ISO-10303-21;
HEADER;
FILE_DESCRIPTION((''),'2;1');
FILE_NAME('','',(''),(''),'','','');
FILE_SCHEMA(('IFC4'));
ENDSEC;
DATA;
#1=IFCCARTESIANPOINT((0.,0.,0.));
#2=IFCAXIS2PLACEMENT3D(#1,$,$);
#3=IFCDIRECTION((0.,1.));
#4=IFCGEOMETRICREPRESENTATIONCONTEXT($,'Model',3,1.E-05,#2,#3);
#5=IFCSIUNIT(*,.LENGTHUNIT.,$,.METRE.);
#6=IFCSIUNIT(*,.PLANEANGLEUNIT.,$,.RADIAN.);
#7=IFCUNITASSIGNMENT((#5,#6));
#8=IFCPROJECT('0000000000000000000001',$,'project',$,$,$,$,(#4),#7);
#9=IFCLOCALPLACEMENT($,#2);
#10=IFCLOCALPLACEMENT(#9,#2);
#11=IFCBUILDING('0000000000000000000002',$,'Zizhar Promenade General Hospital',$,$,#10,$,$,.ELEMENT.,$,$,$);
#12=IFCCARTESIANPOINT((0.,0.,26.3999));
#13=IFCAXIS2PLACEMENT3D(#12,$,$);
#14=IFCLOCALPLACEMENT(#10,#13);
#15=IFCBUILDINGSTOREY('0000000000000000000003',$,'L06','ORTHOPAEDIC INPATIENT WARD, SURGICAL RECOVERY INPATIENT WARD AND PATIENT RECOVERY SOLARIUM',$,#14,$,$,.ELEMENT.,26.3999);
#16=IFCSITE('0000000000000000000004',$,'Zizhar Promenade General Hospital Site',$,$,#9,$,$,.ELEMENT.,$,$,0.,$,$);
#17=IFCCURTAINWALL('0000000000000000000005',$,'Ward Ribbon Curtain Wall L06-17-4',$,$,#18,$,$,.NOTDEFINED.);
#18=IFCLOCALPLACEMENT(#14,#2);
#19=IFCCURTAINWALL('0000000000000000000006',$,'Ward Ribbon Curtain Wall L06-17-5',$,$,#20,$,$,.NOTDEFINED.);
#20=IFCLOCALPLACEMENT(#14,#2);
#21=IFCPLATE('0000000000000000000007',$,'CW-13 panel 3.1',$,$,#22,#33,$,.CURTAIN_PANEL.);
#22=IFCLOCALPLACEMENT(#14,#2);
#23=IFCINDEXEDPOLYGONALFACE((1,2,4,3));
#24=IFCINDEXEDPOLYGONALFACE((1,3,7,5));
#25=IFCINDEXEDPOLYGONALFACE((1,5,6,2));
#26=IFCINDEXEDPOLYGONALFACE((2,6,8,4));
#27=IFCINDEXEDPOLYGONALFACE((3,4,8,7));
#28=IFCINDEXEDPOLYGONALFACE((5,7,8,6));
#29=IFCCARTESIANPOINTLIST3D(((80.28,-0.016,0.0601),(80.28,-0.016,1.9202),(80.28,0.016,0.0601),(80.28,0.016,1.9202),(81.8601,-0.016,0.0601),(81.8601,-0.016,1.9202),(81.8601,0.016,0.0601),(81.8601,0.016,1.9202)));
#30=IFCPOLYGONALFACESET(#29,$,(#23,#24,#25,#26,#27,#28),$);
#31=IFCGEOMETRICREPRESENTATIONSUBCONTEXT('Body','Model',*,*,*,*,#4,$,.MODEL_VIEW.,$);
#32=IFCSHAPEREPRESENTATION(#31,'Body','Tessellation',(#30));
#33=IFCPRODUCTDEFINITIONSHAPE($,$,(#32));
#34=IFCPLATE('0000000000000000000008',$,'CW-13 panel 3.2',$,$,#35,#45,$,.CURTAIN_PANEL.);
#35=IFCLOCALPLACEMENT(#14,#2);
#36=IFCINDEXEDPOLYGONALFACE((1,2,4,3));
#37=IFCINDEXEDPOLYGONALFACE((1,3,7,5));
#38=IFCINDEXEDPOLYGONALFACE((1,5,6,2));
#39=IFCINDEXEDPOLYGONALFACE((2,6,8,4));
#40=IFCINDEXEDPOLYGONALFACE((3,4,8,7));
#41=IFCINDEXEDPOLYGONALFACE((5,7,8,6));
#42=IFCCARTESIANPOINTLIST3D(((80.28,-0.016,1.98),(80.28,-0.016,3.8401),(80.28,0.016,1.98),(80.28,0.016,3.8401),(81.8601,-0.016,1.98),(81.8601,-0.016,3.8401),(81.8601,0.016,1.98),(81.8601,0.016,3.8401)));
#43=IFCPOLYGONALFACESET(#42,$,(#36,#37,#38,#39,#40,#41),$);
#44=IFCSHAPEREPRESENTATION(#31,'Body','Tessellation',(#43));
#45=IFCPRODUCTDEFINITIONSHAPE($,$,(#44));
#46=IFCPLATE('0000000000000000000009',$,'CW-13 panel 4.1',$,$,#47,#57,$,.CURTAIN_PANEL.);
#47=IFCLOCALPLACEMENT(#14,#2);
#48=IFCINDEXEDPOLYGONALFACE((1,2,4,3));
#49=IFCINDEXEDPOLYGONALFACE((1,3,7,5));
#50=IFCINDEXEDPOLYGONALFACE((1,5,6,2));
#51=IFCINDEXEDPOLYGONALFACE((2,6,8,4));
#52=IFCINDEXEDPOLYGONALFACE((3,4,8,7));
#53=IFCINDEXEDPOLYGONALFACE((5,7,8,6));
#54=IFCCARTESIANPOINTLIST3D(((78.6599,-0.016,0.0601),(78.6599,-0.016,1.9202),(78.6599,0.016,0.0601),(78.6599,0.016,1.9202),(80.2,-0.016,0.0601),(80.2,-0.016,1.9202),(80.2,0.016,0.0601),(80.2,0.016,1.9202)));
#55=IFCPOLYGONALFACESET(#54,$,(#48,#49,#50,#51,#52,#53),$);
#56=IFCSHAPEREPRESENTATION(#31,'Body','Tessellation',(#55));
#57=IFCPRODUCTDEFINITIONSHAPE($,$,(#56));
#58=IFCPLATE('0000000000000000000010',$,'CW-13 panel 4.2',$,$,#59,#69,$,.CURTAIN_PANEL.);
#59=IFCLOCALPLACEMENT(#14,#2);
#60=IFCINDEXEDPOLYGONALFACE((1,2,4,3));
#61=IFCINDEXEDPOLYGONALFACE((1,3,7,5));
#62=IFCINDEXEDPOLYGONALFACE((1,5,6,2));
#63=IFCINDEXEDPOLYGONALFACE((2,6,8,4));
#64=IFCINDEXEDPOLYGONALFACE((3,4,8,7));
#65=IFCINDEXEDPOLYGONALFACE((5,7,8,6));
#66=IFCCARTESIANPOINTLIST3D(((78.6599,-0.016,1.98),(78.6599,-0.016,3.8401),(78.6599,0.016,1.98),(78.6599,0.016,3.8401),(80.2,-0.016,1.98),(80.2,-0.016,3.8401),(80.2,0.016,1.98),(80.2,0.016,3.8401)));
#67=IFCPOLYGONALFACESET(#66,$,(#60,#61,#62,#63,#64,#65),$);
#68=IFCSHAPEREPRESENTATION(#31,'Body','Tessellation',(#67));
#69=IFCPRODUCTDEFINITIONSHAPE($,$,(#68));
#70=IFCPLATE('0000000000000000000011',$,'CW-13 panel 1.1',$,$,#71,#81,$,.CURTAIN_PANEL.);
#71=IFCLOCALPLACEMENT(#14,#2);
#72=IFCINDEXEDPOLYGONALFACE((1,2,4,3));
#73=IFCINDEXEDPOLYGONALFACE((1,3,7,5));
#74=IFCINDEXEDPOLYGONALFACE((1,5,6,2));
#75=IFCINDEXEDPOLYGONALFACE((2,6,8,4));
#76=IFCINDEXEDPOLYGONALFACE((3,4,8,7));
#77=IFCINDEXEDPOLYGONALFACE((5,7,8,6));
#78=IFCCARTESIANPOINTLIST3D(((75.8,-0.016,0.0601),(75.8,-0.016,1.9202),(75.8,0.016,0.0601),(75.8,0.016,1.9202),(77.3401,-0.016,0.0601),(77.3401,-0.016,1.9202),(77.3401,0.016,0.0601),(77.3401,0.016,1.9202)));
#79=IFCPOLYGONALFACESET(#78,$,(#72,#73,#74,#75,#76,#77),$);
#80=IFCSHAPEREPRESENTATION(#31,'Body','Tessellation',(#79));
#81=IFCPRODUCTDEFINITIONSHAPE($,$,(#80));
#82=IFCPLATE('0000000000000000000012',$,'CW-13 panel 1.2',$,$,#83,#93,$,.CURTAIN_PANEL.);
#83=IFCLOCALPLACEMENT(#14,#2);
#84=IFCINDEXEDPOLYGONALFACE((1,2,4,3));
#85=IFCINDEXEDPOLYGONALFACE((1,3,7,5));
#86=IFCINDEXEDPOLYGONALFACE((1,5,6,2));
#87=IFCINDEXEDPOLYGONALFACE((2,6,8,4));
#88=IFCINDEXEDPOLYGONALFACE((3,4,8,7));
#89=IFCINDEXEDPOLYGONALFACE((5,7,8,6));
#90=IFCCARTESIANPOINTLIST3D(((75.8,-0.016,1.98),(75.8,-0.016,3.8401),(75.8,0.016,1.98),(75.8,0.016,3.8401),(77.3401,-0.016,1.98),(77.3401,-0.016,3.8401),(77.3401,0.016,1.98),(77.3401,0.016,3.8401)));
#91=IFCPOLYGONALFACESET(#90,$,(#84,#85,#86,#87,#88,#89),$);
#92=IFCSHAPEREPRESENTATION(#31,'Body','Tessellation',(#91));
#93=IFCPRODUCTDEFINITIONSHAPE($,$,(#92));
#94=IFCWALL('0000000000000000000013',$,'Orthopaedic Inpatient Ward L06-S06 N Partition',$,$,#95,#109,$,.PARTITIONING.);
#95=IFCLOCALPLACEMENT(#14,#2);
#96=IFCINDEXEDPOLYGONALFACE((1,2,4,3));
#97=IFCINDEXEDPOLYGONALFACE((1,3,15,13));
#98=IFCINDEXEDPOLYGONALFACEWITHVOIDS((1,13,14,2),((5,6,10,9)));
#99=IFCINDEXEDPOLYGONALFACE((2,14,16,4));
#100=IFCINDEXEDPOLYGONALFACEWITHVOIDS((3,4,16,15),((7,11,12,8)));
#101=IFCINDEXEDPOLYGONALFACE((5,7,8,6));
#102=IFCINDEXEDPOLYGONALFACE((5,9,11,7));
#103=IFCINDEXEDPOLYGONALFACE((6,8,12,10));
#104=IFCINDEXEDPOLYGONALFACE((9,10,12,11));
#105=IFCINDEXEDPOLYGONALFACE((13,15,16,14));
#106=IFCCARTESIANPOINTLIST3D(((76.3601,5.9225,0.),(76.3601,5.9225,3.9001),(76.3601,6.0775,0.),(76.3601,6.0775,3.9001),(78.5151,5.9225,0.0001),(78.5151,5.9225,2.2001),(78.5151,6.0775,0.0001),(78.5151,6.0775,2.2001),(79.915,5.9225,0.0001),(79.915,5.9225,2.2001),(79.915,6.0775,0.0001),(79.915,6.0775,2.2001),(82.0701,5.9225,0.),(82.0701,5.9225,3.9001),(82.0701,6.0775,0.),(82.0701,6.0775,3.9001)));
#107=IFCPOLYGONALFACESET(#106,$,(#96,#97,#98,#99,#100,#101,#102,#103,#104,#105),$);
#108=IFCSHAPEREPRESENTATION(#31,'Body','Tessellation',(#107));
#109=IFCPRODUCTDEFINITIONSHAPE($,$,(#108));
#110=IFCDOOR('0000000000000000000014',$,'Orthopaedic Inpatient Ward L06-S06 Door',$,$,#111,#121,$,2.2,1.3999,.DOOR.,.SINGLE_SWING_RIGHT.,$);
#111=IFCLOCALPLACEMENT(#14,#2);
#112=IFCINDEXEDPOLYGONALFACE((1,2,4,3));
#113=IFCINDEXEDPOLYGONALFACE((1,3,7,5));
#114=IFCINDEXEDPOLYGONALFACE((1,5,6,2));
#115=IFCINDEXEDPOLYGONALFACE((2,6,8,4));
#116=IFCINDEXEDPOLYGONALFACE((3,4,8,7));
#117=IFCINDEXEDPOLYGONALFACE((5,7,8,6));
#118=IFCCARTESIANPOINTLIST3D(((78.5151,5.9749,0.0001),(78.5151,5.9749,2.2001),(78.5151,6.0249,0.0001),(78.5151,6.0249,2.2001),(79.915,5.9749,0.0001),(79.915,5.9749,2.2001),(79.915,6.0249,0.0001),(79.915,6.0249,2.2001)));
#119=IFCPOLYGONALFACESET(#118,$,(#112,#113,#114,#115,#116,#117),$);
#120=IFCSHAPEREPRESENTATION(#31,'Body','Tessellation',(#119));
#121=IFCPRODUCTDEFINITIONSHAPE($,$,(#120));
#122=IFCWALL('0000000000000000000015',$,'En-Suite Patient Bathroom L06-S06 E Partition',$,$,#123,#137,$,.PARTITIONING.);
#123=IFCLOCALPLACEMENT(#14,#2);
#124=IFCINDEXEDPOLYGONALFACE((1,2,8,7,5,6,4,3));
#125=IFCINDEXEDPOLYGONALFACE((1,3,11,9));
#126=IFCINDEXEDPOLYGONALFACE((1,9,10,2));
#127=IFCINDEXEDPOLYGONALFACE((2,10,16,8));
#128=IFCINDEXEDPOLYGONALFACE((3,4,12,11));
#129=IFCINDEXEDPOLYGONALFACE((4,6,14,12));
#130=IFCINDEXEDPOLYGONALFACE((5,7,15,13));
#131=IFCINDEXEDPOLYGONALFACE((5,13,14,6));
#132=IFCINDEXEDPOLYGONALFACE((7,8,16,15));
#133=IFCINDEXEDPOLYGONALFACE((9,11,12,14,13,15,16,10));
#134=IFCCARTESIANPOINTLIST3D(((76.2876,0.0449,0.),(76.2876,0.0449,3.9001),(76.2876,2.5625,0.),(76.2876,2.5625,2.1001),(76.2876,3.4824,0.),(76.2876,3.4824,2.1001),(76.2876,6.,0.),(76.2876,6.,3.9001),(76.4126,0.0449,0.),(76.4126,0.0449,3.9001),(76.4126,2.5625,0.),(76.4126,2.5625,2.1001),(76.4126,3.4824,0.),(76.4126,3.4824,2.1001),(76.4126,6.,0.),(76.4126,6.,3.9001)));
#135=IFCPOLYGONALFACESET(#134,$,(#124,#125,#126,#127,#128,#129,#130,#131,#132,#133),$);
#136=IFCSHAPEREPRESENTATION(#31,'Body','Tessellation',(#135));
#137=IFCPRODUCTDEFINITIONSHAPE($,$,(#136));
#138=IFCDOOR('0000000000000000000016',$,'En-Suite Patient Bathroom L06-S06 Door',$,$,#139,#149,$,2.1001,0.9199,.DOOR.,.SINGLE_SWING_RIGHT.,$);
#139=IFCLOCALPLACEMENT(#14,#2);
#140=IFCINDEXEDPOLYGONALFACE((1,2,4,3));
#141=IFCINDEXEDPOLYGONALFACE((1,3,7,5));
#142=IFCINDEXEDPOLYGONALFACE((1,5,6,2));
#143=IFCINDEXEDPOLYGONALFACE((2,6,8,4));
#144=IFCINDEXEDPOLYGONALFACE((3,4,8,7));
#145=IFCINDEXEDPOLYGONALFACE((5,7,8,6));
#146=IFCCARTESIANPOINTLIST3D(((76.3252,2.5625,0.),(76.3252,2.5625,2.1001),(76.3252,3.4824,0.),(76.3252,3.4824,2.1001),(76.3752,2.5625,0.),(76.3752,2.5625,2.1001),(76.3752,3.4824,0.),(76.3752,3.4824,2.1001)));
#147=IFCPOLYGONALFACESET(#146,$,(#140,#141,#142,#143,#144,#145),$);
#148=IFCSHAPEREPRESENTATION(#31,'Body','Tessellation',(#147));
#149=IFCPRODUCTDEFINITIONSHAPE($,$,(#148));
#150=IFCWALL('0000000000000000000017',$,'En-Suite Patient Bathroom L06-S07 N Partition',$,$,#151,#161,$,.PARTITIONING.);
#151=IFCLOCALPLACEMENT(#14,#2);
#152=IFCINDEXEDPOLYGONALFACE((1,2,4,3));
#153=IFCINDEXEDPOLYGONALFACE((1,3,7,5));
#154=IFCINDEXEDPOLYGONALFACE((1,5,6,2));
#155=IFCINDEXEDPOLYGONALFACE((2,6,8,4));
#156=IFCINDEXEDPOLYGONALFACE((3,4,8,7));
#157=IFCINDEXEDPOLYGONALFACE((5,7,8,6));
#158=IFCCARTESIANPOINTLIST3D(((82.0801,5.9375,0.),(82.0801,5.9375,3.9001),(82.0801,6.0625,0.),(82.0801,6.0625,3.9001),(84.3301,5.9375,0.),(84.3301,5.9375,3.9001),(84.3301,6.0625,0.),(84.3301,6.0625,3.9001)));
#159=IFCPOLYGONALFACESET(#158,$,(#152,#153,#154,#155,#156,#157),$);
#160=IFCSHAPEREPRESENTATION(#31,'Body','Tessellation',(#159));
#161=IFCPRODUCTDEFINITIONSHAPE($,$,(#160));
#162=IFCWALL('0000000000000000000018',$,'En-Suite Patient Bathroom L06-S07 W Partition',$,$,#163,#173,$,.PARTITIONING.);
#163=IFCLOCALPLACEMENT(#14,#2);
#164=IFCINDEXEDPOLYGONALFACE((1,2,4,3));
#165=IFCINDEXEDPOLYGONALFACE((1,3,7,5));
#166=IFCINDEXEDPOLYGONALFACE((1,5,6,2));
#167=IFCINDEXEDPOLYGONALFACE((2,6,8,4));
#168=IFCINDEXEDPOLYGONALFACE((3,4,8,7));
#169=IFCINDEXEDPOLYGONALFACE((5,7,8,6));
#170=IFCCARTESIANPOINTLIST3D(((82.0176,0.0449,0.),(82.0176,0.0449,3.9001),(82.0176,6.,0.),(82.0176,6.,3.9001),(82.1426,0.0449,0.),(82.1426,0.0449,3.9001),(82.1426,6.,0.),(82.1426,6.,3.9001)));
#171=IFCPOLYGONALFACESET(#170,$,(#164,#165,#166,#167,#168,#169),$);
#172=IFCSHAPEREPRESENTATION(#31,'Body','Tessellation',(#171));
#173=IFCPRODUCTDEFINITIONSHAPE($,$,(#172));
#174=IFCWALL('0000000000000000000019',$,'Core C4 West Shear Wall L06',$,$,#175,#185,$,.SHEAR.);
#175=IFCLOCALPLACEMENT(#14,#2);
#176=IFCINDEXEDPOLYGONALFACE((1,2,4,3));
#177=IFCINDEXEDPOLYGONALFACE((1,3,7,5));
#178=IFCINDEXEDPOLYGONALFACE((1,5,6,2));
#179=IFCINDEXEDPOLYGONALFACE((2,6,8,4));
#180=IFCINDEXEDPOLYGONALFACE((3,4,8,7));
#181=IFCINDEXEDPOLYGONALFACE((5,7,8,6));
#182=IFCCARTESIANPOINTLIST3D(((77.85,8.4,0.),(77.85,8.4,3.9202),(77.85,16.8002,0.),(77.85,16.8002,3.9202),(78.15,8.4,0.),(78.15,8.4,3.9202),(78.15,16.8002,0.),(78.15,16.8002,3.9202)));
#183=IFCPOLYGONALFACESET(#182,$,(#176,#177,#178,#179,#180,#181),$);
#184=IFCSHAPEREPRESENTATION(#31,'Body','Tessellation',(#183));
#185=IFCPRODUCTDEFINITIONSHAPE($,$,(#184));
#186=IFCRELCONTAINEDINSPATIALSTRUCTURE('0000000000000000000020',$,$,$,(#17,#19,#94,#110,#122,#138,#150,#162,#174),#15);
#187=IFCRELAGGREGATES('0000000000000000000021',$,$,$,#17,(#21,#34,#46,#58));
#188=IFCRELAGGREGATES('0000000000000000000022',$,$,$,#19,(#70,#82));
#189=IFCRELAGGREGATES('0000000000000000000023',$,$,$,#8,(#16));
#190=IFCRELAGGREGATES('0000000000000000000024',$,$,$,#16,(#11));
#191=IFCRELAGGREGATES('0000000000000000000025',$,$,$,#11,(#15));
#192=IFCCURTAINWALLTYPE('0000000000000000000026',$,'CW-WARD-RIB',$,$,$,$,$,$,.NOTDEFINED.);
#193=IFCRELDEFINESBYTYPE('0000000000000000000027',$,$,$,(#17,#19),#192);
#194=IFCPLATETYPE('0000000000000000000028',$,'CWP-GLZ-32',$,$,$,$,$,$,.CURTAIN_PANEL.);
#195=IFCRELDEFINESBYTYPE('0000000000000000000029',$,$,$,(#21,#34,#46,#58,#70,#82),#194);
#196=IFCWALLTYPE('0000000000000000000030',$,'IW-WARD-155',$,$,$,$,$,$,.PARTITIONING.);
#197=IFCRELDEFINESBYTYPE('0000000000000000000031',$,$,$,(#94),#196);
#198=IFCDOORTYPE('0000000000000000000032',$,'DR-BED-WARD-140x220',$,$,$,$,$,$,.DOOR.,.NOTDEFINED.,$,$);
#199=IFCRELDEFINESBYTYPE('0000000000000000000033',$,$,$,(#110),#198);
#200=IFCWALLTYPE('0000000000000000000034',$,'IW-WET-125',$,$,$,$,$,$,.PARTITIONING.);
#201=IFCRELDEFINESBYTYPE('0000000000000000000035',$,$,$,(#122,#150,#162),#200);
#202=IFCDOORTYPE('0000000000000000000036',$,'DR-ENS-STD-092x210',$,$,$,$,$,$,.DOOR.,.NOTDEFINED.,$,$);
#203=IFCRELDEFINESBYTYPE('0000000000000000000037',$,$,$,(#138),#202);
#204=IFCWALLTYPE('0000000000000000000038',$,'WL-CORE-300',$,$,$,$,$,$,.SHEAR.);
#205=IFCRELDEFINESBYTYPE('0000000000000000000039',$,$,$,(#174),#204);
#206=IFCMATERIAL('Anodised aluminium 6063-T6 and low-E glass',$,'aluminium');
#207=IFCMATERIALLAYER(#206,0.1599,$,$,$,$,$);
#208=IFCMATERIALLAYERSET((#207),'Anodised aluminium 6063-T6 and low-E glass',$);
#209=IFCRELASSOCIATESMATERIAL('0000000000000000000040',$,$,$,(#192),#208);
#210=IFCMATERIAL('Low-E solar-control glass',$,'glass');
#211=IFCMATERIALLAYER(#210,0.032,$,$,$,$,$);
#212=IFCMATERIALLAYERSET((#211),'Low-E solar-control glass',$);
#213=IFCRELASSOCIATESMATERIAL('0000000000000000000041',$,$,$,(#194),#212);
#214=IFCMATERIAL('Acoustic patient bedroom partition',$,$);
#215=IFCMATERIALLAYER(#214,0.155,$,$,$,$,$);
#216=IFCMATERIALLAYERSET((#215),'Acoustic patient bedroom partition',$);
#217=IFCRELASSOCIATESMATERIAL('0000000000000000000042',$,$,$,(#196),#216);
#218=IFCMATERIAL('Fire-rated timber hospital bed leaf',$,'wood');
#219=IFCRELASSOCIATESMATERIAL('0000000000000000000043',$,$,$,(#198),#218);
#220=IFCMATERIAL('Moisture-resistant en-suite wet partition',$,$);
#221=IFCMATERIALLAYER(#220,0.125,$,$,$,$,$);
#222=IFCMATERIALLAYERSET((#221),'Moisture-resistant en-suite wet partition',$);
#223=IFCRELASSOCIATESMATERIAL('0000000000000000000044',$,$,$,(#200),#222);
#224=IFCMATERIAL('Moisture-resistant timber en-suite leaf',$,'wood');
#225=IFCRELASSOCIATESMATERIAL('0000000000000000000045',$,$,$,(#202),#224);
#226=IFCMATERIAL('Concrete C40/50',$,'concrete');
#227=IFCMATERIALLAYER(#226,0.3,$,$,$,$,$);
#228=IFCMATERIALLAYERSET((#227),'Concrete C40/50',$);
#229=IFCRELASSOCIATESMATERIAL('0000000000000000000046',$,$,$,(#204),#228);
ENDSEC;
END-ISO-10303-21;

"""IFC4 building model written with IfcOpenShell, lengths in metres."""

from ifc_helpers import new_model, si_unit, direction, frame, frame_2d, origin, origin_2d, place, context, subcontext, project, spatial, rectangle, extrude, material, layer, layer_set, type_object, element, fill, aggregate, save


model = new_model("IFC4")

# Units and contexts
model_context = context("Model", 3, precision=1e-05, world=origin(), true_north=direction((0.0, 1.0)))
body_context = subcontext(model_context, "Body", "Model", "MODEL_VIEW")
ifc_project = project(units=[si_unit("LENGTHUNIT", "METRE"), si_unit("PLANEANGLEUNIT", "RADIAN")], contexts=[model_context])

# Site, building, storey
site_placement = place(None, origin())
site = spatial("IfcSite", under=ifc_project, at=site_placement, Name="Zizhar Promenade General Hospital Site", CompositionType="ELEMENT", RefElevation=0.0)
building_placement = place(site_placement, origin())
building = spatial("IfcBuilding", under=site, at=building_placement, Name="Zizhar Promenade General Hospital", CompositionType="ELEMENT")
storey_placement = place(building_placement, frame((0.0, 0.0, 26.3999)))
storey = spatial("IfcBuildingStorey", under=building, at=storey_placement, Name="L06", Description="ORTHOPAEDIC INPATIENT WARD, SURGICAL RECOVERY INPATIENT WARD AND PATIENT RECOVERY SOLARIUM", CompositionType="ELEMENT", Elevation=26.3999)

# Curtain walls
ifc_material_1 = material(Name="Anodised aluminium 6063-T6 and low-E glass", Category="aluminium")
ifc_layer_1 = layer(ifc_material_1, 0.1599)
ifc_layer_set_1 = layer_set([ifc_layer_1], Name="Anodised aluminium 6063-T6 and low-E glass")
curtain_wall_type = type_object("IfcCurtainWallType", Name="CW-WARD-RIB", PredefinedType="NOTDEFINED", material=ifc_layer_set_1)
curtain_wall_1_placement = place(storey_placement, origin())
curtain_wall_1 = element("IfcCurtainWall", 1, at=curtain_wall_1_placement, inside=storey, type_object=curtain_wall_type, Name="Ward Ribbon Curtain Wall L06-17-4", PredefinedType="NOTDEFINED")
curtain_wall_2_placement = place(storey_placement, origin())
curtain_wall_2 = element("IfcCurtainWall", 2, at=curtain_wall_2_placement, inside=storey, type_object=curtain_wall_type, Name="Ward Ribbon Curtain Wall L06-17-5", PredefinedType="NOTDEFINED")

# Plates
ifc_material_2 = material(Name="Low-E solar-control glass", Category="glass")
ifc_layer_2 = layer(ifc_material_2, 0.032)
ifc_layer_set_2 = layer_set([ifc_layer_2], Name="Low-E solar-control glass")
plate_type = type_object("IfcPlateType", Name="CWP-GLZ-32", PredefinedType="CURTAIN_PANEL", material=ifc_layer_set_2)
plate_1_placement = place(storey_placement, frame((81.0701, 0.0, 0.0601), z_axis=(0.0, 0.0, 1.0), x_axis=(-1.0, 0.0, 0.0)))
plate_1 = element("IfcPlate", 3, at=plate_1_placement, type_object=plate_type, Name="CW-13 panel 3.1", PredefinedType="CURTAIN_PANEL", context=body_context, shape_type="SweptSolid", body=[
    extrude(rectangle(XDim=1.5801, YDim=0.032, at=origin_2d()), origin(), (0.0, 0.0, 1.0), 1.8601),
])
plate_2_placement = place(storey_placement, frame((81.0701, 0.0, 1.98), z_axis=(0.0, 0.0, 1.0), x_axis=(-1.0, 0.0, 0.0)))
plate_2 = element("IfcPlate", 4, at=plate_2_placement, type_object=plate_type, Name="CW-13 panel 3.2", PredefinedType="CURTAIN_PANEL", context=body_context, shape_type="SweptSolid", body=[
    extrude(rectangle(XDim=1.5801, YDim=0.032, at=origin_2d()), origin(), (0.0, 0.0, 1.0), 1.8601),
])
plate_3_placement = place(storey_placement, frame((79.4299, 0.0, 0.0601), z_axis=(0.0, 0.0, 1.0), x_axis=(-1.0, 0.0, 0.0)))
plate_3 = element("IfcPlate", 5, at=plate_3_placement, type_object=plate_type, Name="CW-13 panel 4.1", PredefinedType="CURTAIN_PANEL", context=body_context, shape_type="SweptSolid", body=[
    extrude(rectangle(XDim=1.54, YDim=0.032, at=origin_2d()), origin(), (0.0, 0.0, 1.0), 1.8601),
])
plate_4_placement = place(storey_placement, frame((79.4299, 0.0, 1.98), z_axis=(0.0, 0.0, 1.0), x_axis=(-1.0, 0.0, 0.0)))
plate_4 = element("IfcPlate", 6, at=plate_4_placement, type_object=plate_type, Name="CW-13 panel 4.2", PredefinedType="CURTAIN_PANEL", context=body_context, shape_type="SweptSolid", body=[
    extrude(rectangle(XDim=1.54, YDim=0.032, at=origin_2d()), origin(), (0.0, 0.0, 1.0), 1.8601),
])
aggregate(curtain_wall_1, [plate_1, plate_2, plate_3, plate_4])
plate_5_placement = place(storey_placement, frame((76.5701, 0.0, 0.0601), z_axis=(0.0, 0.0, 1.0), x_axis=(-1.0, 0.0, 0.0)))
plate_5 = element("IfcPlate", 7, at=plate_5_placement, type_object=plate_type, Name="CW-13 panel 1.1", PredefinedType="CURTAIN_PANEL", context=body_context, shape_type="SweptSolid", body=[
    extrude(rectangle(XDim=1.54, YDim=0.032, at=origin_2d()), origin(), (0.0, 0.0, 1.0), 1.8601),
])
plate_6_placement = place(storey_placement, frame((76.5701, 0.0, 1.98), z_axis=(0.0, 0.0, 1.0), x_axis=(-1.0, 0.0, 0.0)))
plate_6 = element("IfcPlate", 8, at=plate_6_placement, type_object=plate_type, Name="CW-13 panel 1.2", PredefinedType="CURTAIN_PANEL", context=body_context, shape_type="SweptSolid", body=[
    extrude(rectangle(XDim=1.54, YDim=0.032, at=origin_2d()), origin(), (0.0, 0.0, 1.0), 1.8601),
])
aggregate(curtain_wall_2, [plate_5, plate_6])

# Walls, openings, doors
ifc_material_3 = material(Name="Acoustic patient bedroom partition")
ifc_layer_3 = layer(ifc_material_3, 0.155)
ifc_layer_set_3 = layer_set([ifc_layer_3], Name="Acoustic patient bedroom partition")
wall_type_1 = type_object("IfcWallType", Name="IW-WARD-155", PredefinedType="PARTITIONING", material=ifc_layer_set_3)
wall_1_placement = place(storey_placement, frame((76.3601, 6.0, 0.0), z_axis=(0.0, 0.0, 1.0), x_axis=(1.0, 0.0, 0.0)))
wall_1 = element("IfcWall", 9, at=wall_1_placement, inside=storey, type_object=wall_type_1, Name="Orthopaedic Inpatient Ward L06-S06 N Partition", PredefinedType="PARTITIONING", context=body_context, shape_type="SweptSolid", body=[
    extrude(rectangle(XDim=5.71, YDim=0.155, at=frame_2d((2.855, 0.0))), origin(), (0.0, 0.0, 1.0), 3.9001),
])
opening_1_placement = place(wall_1_placement, frame((2.155, 0.0, 0.0)))
opening_1 = element("IfcOpeningElement", 10, at=opening_1_placement, cuts=wall_1, PredefinedType="OPENING", context=body_context, shape_type="SweptSolid", body=[
    extrude(rectangle(XDim=1.3999, YDim=2.2, at=frame_2d((0.7, 1.1001))), frame((0.0, 0.0874, 0.0), z_axis=(0.0, -1.0, 0.0), x_axis=(1.0, 0.0, 0.0)), (0.0, 0.0, 1.0), 0.175),
])
ifc_material_4 = material(Name="Fire-rated timber hospital bed leaf", Category="wood")
door_type_1 = type_object("IfcDoorType", Name="DR-BED-WARD-140x220", OperationType="NOTDEFINED", PredefinedType="DOOR", material=ifc_material_4)
door_1_placement = place(opening_1_placement, origin())
door_1 = element("IfcDoor", 11, at=door_1_placement, inside=storey, type_object=door_type_1, Name="Orthopaedic Inpatient Ward L06-S06 Door", OperationType="SINGLE_SWING_RIGHT", OverallHeight=2.2, OverallWidth=1.3999, PredefinedType="DOOR", context=body_context, shape_type="SweptSolid", body=[
    extrude(rectangle(XDim=1.3999, YDim=2.2, at=frame_2d((0.7, 1.1001))), frame((0.0, 0.0249, 0.0), z_axis=(0.0, -1.0, 0.0), x_axis=(1.0, 0.0, 0.0)), (0.0, 0.0, 1.0), 0.05),
])
fill(opening_1, door_1)
ifc_material_5 = material(Name="Moisture-resistant en-suite wet partition")
ifc_layer_4 = layer(ifc_material_5, 0.125)
ifc_layer_set_4 = layer_set([ifc_layer_4], Name="Moisture-resistant en-suite wet partition")
wall_type_2 = type_object("IfcWallType", Name="IW-WET-125", PredefinedType="PARTITIONING", material=ifc_layer_set_4)
wall_2_placement = place(storey_placement, frame((76.3501, 0.0449, 0.0), z_axis=(0.0, 0.0, 1.0), x_axis=(0.0, 1.0, 0.0)))
wall_2 = element("IfcWall", 12, at=wall_2_placement, inside=storey, type_object=wall_type_2, Name="En-Suite Patient Bathroom L06-S06 E Partition", PredefinedType="PARTITIONING", context=body_context, shape_type="SweptSolid", body=[
    extrude(rectangle(XDim=5.9551, YDim=0.125, at=frame_2d((2.9775, 0.0))), origin(), (0.0, 0.0, 1.0), 3.9001),
])
opening_2_placement = place(wall_2_placement, frame((2.5176, 0.0, 0.0)))
opening_2 = element("IfcOpeningElement", 13, at=opening_2_placement, cuts=wall_2, PredefinedType="OPENING", context=body_context, shape_type="SweptSolid", body=[
    extrude(rectangle(XDim=0.9199, YDim=2.1001, at=frame_2d((0.46, 1.05))), frame((0.0, 0.0725, 0.0), z_axis=(0.0, -1.0, 0.0), x_axis=(1.0, 0.0, 0.0)), (0.0, 0.0, 1.0), 0.145),
])
ifc_material_6 = material(Name="Moisture-resistant timber en-suite leaf", Category="wood")
door_type_2 = type_object("IfcDoorType", Name="DR-ENS-STD-092x210", OperationType="NOTDEFINED", PredefinedType="DOOR", material=ifc_material_6)
door_2_placement = place(opening_2_placement, origin())
door_2 = element("IfcDoor", 14, at=door_2_placement, inside=storey, type_object=door_type_2, Name="En-Suite Patient Bathroom L06-S06 Door", OperationType="SINGLE_SWING_RIGHT", OverallHeight=2.1001, OverallWidth=0.9199, PredefinedType="DOOR", context=body_context, shape_type="SweptSolid", body=[
    extrude(rectangle(XDim=0.9199, YDim=2.1001, at=frame_2d((0.46, 1.05))), frame((0.0, 0.0249, 0.0), z_axis=(0.0, -1.0, 0.0), x_axis=(1.0, 0.0, 0.0)), (0.0, 0.0, 1.0), 0.05),
])
fill(opening_2, door_2)

# Walls
wall_3_placement = place(storey_placement, frame((82.0801, 6.0, 0.0), z_axis=(0.0, 0.0, 1.0), x_axis=(1.0, 0.0, 0.0)))
element("IfcWall", 15, at=wall_3_placement, inside=storey, type_object=wall_type_2, Name="En-Suite Patient Bathroom L06-S07 N Partition", PredefinedType="PARTITIONING", context=body_context, shape_type="SweptSolid", body=[
    extrude(rectangle(XDim=2.25, YDim=0.125, at=frame_2d((1.125, 0.0))), origin(), (0.0, 0.0, 1.0), 3.9001),
])
wall_4_placement = place(storey_placement, frame((82.0801, 0.0449, 0.0), z_axis=(0.0, 0.0, 1.0), x_axis=(0.0, 1.0, 0.0)))
element("IfcWall", 16, at=wall_4_placement, inside=storey, type_object=wall_type_2, Name="En-Suite Patient Bathroom L06-S07 W Partition", PredefinedType="PARTITIONING", context=body_context, shape_type="SweptSolid", body=[
    extrude(rectangle(XDim=5.9551, YDim=0.125, at=frame_2d((2.9775, 0.0))), origin(), (0.0, 0.0, 1.0), 3.9001),
])
ifc_material_7 = material(Name="Concrete C40/50", Category="concrete")
ifc_layer_5 = layer(ifc_material_7, 0.3)
ifc_layer_set_5 = layer_set([ifc_layer_5], Name="Concrete C40/50")
wall_type_3 = type_object("IfcWallType", Name="WL-CORE-300", PredefinedType="SHEAR", material=ifc_layer_set_5)
wall_5_placement = place(storey_placement, frame((78.0, 8.3999, 0.0), z_axis=(0.0, 0.0, 1.0), x_axis=(0.0, 1.0, 0.0)))
element("IfcWall", 17, at=wall_5_placement, inside=storey, type_object=wall_type_3, Name="Core C4 West Shear Wall L06", PredefinedType="SHEAR", context=body_context, shape_type="SweptSolid", body=[
    extrude(rectangle(XDim=8.4001, YDim=0.3, at=frame_2d((4.2002, 0.0))), origin(), (0.0, 0.0, 1.0), 3.9202),
])

save(model, "model.ifc")
